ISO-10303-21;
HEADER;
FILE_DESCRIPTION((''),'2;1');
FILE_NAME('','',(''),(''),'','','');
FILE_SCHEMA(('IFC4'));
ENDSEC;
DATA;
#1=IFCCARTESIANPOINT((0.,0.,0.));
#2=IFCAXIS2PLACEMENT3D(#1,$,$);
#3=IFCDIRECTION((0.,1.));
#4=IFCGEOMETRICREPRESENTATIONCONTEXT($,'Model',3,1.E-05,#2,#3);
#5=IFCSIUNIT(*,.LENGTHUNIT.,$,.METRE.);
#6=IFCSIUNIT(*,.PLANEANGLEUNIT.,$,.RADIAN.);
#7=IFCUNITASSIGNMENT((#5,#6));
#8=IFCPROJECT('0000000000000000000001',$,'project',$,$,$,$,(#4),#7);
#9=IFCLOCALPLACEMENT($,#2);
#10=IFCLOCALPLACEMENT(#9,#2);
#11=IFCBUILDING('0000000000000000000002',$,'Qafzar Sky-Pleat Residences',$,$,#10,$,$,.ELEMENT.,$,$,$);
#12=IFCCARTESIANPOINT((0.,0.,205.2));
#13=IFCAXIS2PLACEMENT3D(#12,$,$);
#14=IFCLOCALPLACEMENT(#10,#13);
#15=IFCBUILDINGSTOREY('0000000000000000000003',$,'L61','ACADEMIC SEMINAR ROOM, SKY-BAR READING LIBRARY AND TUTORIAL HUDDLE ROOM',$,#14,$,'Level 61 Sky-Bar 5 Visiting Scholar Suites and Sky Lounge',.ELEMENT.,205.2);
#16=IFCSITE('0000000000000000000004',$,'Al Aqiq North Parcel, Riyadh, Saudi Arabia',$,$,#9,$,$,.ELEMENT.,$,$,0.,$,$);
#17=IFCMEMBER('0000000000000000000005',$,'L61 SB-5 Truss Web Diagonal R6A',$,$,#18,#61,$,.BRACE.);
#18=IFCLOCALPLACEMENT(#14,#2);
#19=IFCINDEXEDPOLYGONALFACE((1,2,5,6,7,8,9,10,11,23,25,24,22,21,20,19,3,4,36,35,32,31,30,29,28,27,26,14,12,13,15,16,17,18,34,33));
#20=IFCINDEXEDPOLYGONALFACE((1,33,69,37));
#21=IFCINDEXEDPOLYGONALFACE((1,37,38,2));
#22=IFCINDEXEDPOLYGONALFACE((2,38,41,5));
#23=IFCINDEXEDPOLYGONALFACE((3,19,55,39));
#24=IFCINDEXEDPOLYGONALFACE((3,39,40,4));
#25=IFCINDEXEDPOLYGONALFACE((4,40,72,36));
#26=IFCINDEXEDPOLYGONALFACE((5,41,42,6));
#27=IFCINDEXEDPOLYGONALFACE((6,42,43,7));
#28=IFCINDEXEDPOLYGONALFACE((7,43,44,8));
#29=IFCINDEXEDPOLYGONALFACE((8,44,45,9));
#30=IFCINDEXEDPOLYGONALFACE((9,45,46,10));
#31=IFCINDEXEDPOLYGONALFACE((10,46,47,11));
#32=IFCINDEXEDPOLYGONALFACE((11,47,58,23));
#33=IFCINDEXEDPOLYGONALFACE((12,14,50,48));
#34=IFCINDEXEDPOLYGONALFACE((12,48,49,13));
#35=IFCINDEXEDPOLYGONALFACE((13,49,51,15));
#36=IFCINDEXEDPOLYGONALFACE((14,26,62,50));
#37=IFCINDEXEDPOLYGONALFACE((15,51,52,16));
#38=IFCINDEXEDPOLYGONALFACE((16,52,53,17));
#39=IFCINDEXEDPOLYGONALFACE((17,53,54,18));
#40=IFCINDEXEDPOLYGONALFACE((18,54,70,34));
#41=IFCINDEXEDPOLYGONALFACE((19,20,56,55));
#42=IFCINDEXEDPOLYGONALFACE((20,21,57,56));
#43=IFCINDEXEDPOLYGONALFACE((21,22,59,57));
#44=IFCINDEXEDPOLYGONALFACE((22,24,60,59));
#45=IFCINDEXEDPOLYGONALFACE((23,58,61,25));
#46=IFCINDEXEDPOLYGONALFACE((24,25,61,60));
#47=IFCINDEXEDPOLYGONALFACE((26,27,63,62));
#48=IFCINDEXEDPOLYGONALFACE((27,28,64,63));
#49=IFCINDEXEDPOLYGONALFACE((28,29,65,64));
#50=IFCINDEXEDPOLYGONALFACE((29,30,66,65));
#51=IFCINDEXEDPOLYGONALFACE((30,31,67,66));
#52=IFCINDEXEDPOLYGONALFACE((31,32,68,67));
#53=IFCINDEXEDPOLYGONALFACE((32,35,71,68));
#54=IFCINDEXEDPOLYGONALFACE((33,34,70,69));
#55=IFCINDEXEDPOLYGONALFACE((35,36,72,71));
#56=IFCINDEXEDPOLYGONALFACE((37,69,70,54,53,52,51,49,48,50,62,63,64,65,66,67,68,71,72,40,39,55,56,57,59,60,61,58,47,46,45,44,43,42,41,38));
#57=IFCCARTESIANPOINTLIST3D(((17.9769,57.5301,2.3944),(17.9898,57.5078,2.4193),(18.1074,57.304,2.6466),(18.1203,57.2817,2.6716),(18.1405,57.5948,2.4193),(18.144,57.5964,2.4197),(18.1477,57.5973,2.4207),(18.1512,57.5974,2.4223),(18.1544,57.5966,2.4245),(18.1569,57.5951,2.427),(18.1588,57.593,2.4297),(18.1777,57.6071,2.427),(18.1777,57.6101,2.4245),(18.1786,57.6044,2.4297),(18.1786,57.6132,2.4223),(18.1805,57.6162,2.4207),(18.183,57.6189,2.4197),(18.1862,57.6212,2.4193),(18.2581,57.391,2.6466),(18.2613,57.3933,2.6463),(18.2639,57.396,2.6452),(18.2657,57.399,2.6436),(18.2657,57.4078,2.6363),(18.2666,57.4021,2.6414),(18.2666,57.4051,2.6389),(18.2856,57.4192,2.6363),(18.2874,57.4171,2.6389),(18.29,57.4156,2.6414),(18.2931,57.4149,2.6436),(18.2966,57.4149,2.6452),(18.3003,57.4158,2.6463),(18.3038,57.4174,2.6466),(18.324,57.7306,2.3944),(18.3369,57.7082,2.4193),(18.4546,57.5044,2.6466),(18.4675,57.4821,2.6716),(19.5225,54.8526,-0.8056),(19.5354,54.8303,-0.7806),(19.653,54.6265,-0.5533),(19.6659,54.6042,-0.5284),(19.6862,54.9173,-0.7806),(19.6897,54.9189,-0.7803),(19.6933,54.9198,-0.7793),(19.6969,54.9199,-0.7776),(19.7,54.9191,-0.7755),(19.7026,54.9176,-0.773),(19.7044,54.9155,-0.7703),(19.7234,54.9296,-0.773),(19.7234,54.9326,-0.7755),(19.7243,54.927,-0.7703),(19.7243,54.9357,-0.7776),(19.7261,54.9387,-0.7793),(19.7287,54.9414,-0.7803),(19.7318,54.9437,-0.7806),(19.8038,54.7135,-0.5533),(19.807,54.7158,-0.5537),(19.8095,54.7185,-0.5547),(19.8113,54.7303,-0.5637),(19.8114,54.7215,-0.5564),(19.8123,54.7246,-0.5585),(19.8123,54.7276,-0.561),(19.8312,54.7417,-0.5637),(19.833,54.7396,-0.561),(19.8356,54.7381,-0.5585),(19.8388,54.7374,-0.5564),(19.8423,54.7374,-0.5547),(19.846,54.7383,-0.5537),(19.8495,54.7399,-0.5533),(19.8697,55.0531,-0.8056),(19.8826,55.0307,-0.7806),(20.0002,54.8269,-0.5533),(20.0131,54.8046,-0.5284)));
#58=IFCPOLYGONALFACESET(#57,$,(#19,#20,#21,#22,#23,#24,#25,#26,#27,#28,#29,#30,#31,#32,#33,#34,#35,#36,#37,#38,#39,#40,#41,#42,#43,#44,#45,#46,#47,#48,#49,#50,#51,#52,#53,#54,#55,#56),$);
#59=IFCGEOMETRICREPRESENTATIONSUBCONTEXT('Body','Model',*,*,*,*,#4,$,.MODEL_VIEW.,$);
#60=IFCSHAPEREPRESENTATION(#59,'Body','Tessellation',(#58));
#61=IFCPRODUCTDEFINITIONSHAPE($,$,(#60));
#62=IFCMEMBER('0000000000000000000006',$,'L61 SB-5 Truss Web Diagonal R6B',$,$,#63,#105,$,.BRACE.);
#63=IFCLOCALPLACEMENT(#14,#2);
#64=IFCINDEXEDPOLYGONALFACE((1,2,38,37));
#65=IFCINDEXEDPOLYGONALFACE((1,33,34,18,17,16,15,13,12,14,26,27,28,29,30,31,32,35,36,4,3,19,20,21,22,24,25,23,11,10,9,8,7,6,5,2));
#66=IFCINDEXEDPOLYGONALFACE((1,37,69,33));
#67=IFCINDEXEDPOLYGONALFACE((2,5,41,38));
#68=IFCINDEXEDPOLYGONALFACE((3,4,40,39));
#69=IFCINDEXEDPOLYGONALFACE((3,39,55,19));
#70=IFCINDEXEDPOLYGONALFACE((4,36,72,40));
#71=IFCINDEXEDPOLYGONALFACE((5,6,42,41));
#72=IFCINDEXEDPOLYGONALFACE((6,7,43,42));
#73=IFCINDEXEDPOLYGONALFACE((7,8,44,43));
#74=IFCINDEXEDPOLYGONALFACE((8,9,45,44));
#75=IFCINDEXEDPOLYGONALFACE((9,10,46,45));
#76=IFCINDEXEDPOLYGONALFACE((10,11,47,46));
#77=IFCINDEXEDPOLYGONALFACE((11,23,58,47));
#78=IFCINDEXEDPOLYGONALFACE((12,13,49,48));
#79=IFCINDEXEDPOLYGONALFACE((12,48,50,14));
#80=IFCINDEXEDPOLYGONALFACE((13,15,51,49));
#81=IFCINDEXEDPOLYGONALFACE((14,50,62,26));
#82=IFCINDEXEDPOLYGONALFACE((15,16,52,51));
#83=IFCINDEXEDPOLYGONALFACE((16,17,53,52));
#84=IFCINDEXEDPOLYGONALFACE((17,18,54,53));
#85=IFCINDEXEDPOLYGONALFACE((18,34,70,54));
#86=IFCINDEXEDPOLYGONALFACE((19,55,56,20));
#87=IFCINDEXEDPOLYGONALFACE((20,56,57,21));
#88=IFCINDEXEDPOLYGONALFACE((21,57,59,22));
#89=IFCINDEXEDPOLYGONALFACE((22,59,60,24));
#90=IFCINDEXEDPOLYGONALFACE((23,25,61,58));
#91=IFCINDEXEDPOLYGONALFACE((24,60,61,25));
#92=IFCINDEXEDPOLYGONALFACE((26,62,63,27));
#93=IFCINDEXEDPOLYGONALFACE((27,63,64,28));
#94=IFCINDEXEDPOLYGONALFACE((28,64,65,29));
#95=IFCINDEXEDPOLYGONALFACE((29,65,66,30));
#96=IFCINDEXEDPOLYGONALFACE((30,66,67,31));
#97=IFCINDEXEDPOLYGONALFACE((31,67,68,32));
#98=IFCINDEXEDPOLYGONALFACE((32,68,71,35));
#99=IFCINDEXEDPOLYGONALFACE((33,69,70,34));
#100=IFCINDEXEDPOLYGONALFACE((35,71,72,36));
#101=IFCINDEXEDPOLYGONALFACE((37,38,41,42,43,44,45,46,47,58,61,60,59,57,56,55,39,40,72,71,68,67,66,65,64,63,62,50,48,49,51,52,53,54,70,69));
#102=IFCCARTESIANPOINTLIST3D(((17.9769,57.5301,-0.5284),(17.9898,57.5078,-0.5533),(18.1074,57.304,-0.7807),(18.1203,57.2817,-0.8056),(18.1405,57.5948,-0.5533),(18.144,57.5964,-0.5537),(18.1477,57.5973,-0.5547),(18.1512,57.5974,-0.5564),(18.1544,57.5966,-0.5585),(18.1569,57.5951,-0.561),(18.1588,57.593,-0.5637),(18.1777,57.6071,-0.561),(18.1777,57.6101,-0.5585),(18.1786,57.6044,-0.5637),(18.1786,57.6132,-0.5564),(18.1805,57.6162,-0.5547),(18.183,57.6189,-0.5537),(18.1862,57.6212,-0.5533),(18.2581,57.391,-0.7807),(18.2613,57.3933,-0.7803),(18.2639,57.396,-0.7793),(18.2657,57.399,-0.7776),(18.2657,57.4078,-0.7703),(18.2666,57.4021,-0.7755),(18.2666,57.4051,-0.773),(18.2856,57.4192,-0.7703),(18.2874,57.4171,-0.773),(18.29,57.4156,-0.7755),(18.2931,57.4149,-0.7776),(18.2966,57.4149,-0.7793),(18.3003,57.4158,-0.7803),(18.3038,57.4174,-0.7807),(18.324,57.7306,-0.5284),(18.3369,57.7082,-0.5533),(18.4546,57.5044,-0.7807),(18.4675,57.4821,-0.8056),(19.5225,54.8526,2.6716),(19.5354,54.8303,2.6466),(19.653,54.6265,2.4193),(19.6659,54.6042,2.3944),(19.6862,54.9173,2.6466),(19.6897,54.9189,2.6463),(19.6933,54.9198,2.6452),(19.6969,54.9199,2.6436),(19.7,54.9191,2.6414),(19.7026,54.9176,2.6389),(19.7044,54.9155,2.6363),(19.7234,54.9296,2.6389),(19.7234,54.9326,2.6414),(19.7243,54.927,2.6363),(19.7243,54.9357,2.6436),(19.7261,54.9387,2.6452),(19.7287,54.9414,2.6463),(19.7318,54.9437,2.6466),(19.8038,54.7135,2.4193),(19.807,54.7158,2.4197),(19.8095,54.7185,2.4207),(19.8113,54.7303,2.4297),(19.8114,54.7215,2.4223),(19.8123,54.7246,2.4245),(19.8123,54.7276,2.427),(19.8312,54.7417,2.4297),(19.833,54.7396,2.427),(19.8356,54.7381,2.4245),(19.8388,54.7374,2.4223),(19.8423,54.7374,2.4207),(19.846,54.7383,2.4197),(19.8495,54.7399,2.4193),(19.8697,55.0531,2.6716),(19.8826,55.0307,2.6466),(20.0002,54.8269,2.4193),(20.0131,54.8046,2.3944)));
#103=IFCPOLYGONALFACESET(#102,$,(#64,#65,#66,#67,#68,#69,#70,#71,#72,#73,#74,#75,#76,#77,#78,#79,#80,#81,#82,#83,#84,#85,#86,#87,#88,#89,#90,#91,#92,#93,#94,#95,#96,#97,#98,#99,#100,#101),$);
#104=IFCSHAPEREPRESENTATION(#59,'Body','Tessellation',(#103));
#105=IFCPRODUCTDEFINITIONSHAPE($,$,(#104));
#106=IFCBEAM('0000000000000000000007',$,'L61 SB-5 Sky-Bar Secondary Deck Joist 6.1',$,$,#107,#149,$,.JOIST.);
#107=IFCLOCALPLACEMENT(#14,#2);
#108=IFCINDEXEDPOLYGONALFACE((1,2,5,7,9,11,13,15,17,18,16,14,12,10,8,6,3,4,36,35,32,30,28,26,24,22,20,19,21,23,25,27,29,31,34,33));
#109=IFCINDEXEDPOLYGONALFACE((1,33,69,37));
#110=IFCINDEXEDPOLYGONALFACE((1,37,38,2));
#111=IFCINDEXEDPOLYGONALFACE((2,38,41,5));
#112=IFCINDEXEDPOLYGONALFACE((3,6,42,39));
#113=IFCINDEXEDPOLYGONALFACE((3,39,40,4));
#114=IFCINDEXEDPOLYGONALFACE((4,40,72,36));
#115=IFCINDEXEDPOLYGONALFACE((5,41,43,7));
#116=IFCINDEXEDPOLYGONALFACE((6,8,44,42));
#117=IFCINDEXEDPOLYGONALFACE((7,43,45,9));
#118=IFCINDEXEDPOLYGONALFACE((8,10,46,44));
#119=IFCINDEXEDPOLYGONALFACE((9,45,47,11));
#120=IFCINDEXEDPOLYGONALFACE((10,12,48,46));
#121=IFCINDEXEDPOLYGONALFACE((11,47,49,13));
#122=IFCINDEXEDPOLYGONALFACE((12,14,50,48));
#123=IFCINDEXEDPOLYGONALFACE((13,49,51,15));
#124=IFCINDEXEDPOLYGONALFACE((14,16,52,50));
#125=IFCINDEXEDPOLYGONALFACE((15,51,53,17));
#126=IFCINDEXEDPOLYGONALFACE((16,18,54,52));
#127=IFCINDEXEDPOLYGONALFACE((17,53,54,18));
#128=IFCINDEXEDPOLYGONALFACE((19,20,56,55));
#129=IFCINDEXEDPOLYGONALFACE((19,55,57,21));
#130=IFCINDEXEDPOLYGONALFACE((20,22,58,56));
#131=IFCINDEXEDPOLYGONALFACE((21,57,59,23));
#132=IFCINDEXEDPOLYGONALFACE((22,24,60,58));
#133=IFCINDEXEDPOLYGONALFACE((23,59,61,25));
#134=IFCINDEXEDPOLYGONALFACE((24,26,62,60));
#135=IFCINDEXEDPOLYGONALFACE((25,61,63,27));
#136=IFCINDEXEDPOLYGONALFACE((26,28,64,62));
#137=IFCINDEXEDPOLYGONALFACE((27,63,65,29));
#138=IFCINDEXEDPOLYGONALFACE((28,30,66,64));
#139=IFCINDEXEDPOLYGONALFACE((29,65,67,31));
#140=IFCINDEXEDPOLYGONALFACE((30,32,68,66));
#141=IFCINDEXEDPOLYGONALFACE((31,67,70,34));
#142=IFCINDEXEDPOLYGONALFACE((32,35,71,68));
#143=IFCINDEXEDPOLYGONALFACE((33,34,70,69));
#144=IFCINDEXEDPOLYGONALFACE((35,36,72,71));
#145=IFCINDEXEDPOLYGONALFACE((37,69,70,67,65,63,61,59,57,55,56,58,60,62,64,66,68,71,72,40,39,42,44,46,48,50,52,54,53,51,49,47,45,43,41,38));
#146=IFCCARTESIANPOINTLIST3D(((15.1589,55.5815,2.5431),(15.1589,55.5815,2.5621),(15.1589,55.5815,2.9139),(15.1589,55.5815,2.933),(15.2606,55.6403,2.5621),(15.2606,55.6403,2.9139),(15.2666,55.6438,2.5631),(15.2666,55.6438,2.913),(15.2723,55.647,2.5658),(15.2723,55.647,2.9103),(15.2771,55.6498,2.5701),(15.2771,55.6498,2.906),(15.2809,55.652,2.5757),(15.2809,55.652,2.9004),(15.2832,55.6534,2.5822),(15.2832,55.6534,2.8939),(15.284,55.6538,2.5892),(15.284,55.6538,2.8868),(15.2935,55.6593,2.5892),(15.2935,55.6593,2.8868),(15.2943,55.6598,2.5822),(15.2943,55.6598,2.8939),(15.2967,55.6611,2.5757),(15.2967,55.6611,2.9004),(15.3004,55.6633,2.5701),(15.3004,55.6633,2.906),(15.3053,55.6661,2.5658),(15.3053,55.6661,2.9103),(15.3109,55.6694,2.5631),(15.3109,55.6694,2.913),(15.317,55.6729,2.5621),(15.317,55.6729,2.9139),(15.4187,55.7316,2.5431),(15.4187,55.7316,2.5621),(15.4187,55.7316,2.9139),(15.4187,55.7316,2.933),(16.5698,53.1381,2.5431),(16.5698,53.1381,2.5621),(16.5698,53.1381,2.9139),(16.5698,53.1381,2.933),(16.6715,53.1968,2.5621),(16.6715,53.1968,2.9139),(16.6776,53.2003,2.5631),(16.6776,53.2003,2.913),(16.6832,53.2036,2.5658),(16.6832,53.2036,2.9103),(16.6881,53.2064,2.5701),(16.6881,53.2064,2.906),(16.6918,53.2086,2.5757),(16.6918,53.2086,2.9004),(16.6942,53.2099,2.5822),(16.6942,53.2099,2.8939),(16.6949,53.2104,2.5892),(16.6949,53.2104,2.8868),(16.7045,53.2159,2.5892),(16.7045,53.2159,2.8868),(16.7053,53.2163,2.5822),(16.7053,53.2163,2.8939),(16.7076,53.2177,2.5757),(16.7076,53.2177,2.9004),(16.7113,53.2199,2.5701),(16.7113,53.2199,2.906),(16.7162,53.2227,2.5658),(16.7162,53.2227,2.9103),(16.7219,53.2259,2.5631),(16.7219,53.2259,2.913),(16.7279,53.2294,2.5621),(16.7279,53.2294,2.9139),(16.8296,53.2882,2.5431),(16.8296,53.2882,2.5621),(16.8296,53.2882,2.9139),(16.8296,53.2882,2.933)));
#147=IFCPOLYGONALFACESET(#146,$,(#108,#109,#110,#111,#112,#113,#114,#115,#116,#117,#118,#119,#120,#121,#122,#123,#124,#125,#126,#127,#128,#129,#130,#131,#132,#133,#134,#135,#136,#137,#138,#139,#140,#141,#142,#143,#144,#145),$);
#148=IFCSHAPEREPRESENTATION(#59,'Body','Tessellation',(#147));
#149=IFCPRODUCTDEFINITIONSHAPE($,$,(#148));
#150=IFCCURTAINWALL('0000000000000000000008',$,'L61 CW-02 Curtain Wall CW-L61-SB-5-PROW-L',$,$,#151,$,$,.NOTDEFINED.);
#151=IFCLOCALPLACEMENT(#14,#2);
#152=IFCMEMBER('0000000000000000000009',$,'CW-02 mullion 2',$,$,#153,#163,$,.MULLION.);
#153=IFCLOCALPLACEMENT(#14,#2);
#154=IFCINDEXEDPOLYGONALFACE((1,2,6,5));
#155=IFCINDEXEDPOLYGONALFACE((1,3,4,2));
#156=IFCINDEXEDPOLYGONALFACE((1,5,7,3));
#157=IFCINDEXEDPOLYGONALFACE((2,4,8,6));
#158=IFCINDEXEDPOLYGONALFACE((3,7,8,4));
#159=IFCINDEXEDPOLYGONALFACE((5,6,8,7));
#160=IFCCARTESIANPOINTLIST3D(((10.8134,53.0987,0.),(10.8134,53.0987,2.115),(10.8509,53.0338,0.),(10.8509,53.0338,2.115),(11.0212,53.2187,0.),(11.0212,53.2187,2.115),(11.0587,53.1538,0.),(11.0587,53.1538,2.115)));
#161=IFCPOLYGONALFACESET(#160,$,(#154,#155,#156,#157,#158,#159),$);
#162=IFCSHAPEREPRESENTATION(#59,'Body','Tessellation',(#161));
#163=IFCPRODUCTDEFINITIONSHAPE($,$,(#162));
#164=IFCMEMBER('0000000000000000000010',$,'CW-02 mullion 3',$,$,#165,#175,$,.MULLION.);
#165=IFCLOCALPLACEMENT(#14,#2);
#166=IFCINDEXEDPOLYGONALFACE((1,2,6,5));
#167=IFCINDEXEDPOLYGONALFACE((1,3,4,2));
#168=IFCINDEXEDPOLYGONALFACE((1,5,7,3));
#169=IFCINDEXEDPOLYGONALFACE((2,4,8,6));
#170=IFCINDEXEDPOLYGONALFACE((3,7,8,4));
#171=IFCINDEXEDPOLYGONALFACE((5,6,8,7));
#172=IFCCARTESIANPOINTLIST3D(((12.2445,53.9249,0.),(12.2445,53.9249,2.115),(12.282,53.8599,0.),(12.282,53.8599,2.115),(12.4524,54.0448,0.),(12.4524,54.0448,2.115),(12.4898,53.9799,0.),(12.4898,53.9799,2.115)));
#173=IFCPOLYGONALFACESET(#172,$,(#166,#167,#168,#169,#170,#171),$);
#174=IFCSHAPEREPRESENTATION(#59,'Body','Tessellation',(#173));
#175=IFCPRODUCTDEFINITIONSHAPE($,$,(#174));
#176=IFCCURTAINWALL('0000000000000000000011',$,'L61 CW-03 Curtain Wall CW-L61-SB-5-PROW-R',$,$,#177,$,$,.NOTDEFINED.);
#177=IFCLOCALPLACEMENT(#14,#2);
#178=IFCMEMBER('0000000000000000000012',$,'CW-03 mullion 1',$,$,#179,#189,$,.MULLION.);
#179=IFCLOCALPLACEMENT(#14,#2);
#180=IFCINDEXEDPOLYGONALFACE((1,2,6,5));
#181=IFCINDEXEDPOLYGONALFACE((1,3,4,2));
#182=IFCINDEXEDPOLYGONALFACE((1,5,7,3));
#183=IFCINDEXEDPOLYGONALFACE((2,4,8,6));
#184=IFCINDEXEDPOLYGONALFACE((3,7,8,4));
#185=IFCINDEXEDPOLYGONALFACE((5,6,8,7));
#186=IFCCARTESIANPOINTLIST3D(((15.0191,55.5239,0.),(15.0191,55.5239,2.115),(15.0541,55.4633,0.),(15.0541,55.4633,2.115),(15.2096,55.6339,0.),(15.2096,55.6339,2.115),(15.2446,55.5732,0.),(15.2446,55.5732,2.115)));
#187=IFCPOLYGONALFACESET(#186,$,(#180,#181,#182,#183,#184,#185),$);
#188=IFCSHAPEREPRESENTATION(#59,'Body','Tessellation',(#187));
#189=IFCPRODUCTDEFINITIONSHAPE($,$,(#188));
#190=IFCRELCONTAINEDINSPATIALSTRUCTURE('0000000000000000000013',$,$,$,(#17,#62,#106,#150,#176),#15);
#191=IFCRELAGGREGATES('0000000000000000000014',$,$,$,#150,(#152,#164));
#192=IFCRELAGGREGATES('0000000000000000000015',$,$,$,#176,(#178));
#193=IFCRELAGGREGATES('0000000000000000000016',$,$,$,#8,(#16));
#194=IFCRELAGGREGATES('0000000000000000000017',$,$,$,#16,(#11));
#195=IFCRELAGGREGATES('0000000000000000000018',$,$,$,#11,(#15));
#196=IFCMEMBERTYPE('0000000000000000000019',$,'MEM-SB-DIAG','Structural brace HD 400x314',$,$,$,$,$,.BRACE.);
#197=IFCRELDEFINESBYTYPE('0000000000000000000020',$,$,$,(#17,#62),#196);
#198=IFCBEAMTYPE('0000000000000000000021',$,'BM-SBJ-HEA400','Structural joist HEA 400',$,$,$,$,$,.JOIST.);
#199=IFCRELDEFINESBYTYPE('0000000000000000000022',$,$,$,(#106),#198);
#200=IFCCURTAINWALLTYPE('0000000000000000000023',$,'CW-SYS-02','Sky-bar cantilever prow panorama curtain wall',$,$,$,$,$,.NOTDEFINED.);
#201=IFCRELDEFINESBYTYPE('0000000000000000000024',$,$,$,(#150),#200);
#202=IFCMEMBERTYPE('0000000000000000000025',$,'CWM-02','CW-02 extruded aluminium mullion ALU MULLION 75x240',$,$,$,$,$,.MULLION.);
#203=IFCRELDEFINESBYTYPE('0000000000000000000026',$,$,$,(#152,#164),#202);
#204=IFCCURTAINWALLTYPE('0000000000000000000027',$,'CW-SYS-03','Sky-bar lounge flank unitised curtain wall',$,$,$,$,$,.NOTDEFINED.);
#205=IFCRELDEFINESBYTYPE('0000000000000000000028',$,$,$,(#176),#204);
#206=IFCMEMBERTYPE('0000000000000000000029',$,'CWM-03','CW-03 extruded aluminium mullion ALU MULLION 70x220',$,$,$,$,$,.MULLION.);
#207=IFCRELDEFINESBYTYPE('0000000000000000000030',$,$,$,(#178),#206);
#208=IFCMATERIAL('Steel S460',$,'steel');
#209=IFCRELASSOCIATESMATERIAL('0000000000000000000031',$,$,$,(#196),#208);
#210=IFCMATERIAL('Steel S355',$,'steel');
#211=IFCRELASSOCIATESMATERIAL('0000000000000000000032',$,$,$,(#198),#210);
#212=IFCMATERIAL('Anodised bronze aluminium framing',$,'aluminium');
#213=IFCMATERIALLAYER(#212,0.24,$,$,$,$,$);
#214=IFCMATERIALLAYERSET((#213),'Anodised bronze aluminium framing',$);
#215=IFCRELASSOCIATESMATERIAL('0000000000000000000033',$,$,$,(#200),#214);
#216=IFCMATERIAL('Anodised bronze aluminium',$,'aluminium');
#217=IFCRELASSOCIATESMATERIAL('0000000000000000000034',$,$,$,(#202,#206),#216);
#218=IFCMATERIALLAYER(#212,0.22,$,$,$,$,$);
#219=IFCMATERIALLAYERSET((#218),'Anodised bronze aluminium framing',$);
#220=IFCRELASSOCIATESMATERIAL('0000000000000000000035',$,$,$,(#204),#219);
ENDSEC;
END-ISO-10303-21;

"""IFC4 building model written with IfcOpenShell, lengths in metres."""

from ifc_helpers import new_model, si_unit, direction, frame, origin, origin_2d, place, context, subcontext, project, spatial, rectangle, i_section, extrude, source, transform, mapped, material, layer, layer_set, material_profile, profile_set, type_object, element, aggregate, save


model = new_model("IFC4")

# Units and contexts
model_context = context("Model", 3, precision=1e-05, world=origin(), true_north=direction((0.0, 1.0)))
body_context = subcontext(model_context, "Body", "Model", "MODEL_VIEW")
ifc_project = project(units=[si_unit("LENGTHUNIT", "METRE"), si_unit("PLANEANGLEUNIT", "RADIAN")], contexts=[model_context])

# Site, building, storey
site_placement = place(None, origin())
site = spatial("IfcSite", under=ifc_project, at=site_placement, Name="Al Aqiq North Parcel, Riyadh, Saudi Arabia", CompositionType="ELEMENT", RefElevation=0.0)
building_placement = place(site_placement, origin())
building = spatial("IfcBuilding", under=site, at=building_placement, Name="Qafzar Sky-Pleat Residences", CompositionType="ELEMENT")
storey_placement = place(building_placement, frame((0.0, 0.0, 205.2)))
storey = spatial("IfcBuildingStorey", under=building, at=storey_placement, Name="L61", Description="ACADEMIC SEMINAR ROOM, SKY-BAR READING LIBRARY AND TUTORIAL HUDDLE ROOM", LongName="Level 61 Sky-Bar 5 Visiting Scholar Suites and Sky Lounge", CompositionType="ELEMENT", Elevation=205.2)

# Members
ifc_material_1 = material(Name="Steel S460", Category="steel")
ifc_material_profile_1 = material_profile(ifc_material_1, i_section(OverallWidth=0.4009, OverallDepth=0.3989, WebThickness=0.0229, FlangeThickness=0.0359, FilletRadius=0.0149, at=origin_2d()), Name="HD 400x314")
ifc_profile_set_1 = profile_set([ifc_material_profile_1], Name="Steel S460")
member_type_1 = type_object("IfcMemberType", Name="MEM-SB-DIAG", Description="Structural brace HD 400x314", PredefinedType="BRACE", material=ifc_profile_set_1)
shared_shape_1 = source(origin(), body_context, "Body", "SweptSolid", [
    extrude(i_section(OverallWidth=0.4009, OverallDepth=0.3989, WebThickness=0.0229, FlangeThickness=0.0359, FilletRadius=0.0149, at=origin_2d()), origin(), (0.0, 0.0, 1.0), 4.4495),
])
for number, where, z_axis, x_axis, name in (
    (1, (19.7678, 54.8286, -0.667), (-0.34738, 0.601756, 0.719178), (-0.866053, -0.499953, 0.0), "L61 SB-5 Truss Web Diagonal R6A"),
    (2, (19.7678, 54.8286, 2.533), (-0.34738, 0.601756, -0.719178), (-0.866053, -0.499953, 0.0), "L61 SB-5 Truss Web Diagonal R6B"),
):
    element("IfcMember", number, at=place(storey_placement, frame(where, z_axis=z_axis, x_axis=x_axis)), inside=storey, type_object=member_type_1, Name=name, PredefinedType="BRACE", context=body_context, shape_type="MappedRepresentation", body=[
        mapped(shared_shape_1, transform((0.0, 0.0, 0.0), x_axis=(1.0, 0.0, 0.0), y_axis=(0.0, 1.0, 0.0), z_axis=(0.0, 0.0, 1.0), scale=1.0)),
    ])

# Beam
ifc_material_2 = material(Name="Steel S355", Category="steel")
ifc_material_profile_2 = material_profile(ifc_material_2, i_section(OverallWidth=0.3, OverallDepth=0.3899, WebThickness=0.011, FlangeThickness=0.019, FilletRadius=0.0271, at=origin_2d()), Name="HEA 400")
ifc_profile_set_2 = profile_set([ifc_material_profile_2], Name="Steel S355")
beam_type = type_object("IfcBeamType", Name="BM-SBJ-HEA400", Description="Structural joist HEA 400", PredefinedType="JOIST", material=ifc_profile_set_2)
shared_shape_2 = source(origin(), body_context, "Body", "SweptSolid", [
    extrude(i_section(OverallWidth=0.3, OverallDepth=0.3899, WebThickness=0.011, FlangeThickness=0.019, FilletRadius=0.0271, at=origin_2d()), origin(), (0.0, 0.0, 1.0), 2.8215),
])
beam_placement = place(storey_placement, frame((16.6997, 53.2131, 2.738), z_axis=(-0.500057, 0.865992, 0.0), x_axis=(-0.865992, -0.500057, 0.0)))
element("IfcBeam", 3, at=beam_placement, inside=storey, type_object=beam_type, Name="L61 SB-5 Sky-Bar Secondary Deck Joist 6.1", PredefinedType="JOIST", context=body_context, shape_type="MappedRepresentation", body=[
    mapped(shared_shape_2, transform((0.0, 0.0, 0.0), x_axis=(1.0, 0.0, 0.0), y_axis=(0.0, 1.0, 0.0), z_axis=(0.0, 0.0, 1.0), scale=1.0)),
])

# Curtain walls, members
ifc_material_3 = material(Name="Anodised bronze aluminium framing", Category="aluminium")
ifc_layer_1 = layer(ifc_material_3, 0.24)
ifc_layer_set_1 = layer_set([ifc_layer_1], Name="Anodised bronze aluminium framing")
curtain_wall_type_1 = type_object("IfcCurtainWallType", Name="CW-SYS-02", Description="Sky-bar cantilever prow panorama curtain wall", PredefinedType="NOTDEFINED", material=ifc_layer_set_1)
curtain_wall_1_placement = place(storey_placement, origin())
curtain_wall_1 = element("IfcCurtainWall", 4, at=curtain_wall_1_placement, inside=storey, type_object=curtain_wall_type_1, Name="L61 CW-02 Curtain Wall CW-L61-SB-5-PROW-L", PredefinedType="NOTDEFINED")
ifc_material_4 = material(Name="Anodised bronze aluminium", Category="aluminium")
ifc_material_profile_3 = material_profile(ifc_material_4, rectangle(XDim=0.075, YDim=0.24, at=origin_2d()), Name="ALU MULLION 75x240")
ifc_profile_set_3 = profile_set([ifc_material_profile_3], Name="Anodised bronze aluminium")
member_type_2 = type_object("IfcMemberType", Name="CWM-02", Description="CW-02 extruded aluminium mullion ALU MULLION 75x240", PredefinedType="MULLION", material=ifc_profile_set_3)
shared_shape_3 = source(origin(), body_context, "Body", "SweptSolid", [
    extrude(rectangle(XDim=0.075, YDim=0.24, at=origin_2d()), origin(), (0.0, 0.0, 1.0), 2.115),
])
member_1_placement = place(storey_placement, frame((10.936, 53.1262, 0.0), z_axis=(0.0, 0.0, 1.0), x_axis=(-0.499996, 0.866028, 0.0)))
member_1 = element("IfcMember", 5, at=member_1_placement, type_object=member_type_2, Name="CW-02 mullion 2", PredefinedType="MULLION", context=body_context, shape_type="MappedRepresentation", body=[
    mapped(shared_shape_3, transform((0.0, 0.0, 0.0), x_axis=(1.0, 0.0, 0.0), y_axis=(0.0, 1.0, 0.0), z_axis=(0.0, 0.0, 1.0), scale=1.0)),
])
member_2_placement = place(storey_placement, frame((12.3672, 53.9524, 0.0), z_axis=(0.0, 0.0, 1.0), x_axis=(-0.499996, 0.866028, 0.0)))
member_2 = element("IfcMember", 6, at=member_2_placement, type_object=member_type_2, Name="CW-02 mullion 3", PredefinedType="MULLION", context=body_context, shape_type="MappedRepresentation", body=[
    mapped(shared_shape_3, transform((0.0, 0.0, 0.0), x_axis=(1.0, 0.0, 0.0), y_axis=(0.0, 1.0, 0.0), z_axis=(0.0, 0.0, 1.0), scale=1.0)),
])
ifc_layer_2 = layer(ifc_material_3, 0.22)
ifc_layer_set_2 = layer_set([ifc_layer_2], Name="Anodised bronze aluminium framing")
curtain_wall_type_2 = type_object("IfcCurtainWallType", Name="CW-SYS-03", Description="Sky-bar lounge flank unitised curtain wall", PredefinedType="NOTDEFINED", material=ifc_layer_set_2)
curtain_wall_2_placement = place(storey_placement, origin())
curtain_wall_2 = element("IfcCurtainWall", 7, at=curtain_wall_2_placement, inside=storey, type_object=curtain_wall_type_2, Name="L61 CW-03 Curtain Wall CW-L61-SB-5-PROW-R", PredefinedType="NOTDEFINED")
ifc_material_profile_4 = material_profile(ifc_material_4, rectangle(XDim=0.0701, YDim=0.22, at=origin_2d()), Name="ALU MULLION 70x220")
ifc_profile_set_4 = profile_set([ifc_material_profile_4], Name="Anodised bronze aluminium")
member_type_3 = type_object("IfcMemberType", Name="CWM-03", Description="CW-03 extruded aluminium mullion ALU MULLION 70x220", PredefinedType="MULLION", material=ifc_profile_set_4)
shared_shape_4 = source(origin(), body_context, "Body", "SweptSolid", [
    extrude(rectangle(XDim=0.0701, YDim=0.22, at=origin_2d()), origin(), (0.0, 0.0, 1.0), 2.115),
])
member_3_placement = place(storey_placement, frame((15.1318, 55.5486, 0.0), z_axis=(0.0, 0.0, 1.0), x_axis=(-0.499996, 0.866028, 0.0)))
member_3 = element("IfcMember", 8, at=member_3_placement, type_object=member_type_3, Name="CW-03 mullion 1", PredefinedType="MULLION", context=body_context, shape_type="MappedRepresentation", body=[
    mapped(shared_shape_4, transform((0.0, 0.0, 0.0), x_axis=(1.0, 0.0, 0.0), y_axis=(0.0, 1.0, 0.0), z_axis=(0.0, 0.0, 1.0), scale=1.0)),
])

aggregate(curtain_wall_1, [member_1, member_2])
aggregate(curtain_wall_2, [member_3])

save(model, "model.ifc")
